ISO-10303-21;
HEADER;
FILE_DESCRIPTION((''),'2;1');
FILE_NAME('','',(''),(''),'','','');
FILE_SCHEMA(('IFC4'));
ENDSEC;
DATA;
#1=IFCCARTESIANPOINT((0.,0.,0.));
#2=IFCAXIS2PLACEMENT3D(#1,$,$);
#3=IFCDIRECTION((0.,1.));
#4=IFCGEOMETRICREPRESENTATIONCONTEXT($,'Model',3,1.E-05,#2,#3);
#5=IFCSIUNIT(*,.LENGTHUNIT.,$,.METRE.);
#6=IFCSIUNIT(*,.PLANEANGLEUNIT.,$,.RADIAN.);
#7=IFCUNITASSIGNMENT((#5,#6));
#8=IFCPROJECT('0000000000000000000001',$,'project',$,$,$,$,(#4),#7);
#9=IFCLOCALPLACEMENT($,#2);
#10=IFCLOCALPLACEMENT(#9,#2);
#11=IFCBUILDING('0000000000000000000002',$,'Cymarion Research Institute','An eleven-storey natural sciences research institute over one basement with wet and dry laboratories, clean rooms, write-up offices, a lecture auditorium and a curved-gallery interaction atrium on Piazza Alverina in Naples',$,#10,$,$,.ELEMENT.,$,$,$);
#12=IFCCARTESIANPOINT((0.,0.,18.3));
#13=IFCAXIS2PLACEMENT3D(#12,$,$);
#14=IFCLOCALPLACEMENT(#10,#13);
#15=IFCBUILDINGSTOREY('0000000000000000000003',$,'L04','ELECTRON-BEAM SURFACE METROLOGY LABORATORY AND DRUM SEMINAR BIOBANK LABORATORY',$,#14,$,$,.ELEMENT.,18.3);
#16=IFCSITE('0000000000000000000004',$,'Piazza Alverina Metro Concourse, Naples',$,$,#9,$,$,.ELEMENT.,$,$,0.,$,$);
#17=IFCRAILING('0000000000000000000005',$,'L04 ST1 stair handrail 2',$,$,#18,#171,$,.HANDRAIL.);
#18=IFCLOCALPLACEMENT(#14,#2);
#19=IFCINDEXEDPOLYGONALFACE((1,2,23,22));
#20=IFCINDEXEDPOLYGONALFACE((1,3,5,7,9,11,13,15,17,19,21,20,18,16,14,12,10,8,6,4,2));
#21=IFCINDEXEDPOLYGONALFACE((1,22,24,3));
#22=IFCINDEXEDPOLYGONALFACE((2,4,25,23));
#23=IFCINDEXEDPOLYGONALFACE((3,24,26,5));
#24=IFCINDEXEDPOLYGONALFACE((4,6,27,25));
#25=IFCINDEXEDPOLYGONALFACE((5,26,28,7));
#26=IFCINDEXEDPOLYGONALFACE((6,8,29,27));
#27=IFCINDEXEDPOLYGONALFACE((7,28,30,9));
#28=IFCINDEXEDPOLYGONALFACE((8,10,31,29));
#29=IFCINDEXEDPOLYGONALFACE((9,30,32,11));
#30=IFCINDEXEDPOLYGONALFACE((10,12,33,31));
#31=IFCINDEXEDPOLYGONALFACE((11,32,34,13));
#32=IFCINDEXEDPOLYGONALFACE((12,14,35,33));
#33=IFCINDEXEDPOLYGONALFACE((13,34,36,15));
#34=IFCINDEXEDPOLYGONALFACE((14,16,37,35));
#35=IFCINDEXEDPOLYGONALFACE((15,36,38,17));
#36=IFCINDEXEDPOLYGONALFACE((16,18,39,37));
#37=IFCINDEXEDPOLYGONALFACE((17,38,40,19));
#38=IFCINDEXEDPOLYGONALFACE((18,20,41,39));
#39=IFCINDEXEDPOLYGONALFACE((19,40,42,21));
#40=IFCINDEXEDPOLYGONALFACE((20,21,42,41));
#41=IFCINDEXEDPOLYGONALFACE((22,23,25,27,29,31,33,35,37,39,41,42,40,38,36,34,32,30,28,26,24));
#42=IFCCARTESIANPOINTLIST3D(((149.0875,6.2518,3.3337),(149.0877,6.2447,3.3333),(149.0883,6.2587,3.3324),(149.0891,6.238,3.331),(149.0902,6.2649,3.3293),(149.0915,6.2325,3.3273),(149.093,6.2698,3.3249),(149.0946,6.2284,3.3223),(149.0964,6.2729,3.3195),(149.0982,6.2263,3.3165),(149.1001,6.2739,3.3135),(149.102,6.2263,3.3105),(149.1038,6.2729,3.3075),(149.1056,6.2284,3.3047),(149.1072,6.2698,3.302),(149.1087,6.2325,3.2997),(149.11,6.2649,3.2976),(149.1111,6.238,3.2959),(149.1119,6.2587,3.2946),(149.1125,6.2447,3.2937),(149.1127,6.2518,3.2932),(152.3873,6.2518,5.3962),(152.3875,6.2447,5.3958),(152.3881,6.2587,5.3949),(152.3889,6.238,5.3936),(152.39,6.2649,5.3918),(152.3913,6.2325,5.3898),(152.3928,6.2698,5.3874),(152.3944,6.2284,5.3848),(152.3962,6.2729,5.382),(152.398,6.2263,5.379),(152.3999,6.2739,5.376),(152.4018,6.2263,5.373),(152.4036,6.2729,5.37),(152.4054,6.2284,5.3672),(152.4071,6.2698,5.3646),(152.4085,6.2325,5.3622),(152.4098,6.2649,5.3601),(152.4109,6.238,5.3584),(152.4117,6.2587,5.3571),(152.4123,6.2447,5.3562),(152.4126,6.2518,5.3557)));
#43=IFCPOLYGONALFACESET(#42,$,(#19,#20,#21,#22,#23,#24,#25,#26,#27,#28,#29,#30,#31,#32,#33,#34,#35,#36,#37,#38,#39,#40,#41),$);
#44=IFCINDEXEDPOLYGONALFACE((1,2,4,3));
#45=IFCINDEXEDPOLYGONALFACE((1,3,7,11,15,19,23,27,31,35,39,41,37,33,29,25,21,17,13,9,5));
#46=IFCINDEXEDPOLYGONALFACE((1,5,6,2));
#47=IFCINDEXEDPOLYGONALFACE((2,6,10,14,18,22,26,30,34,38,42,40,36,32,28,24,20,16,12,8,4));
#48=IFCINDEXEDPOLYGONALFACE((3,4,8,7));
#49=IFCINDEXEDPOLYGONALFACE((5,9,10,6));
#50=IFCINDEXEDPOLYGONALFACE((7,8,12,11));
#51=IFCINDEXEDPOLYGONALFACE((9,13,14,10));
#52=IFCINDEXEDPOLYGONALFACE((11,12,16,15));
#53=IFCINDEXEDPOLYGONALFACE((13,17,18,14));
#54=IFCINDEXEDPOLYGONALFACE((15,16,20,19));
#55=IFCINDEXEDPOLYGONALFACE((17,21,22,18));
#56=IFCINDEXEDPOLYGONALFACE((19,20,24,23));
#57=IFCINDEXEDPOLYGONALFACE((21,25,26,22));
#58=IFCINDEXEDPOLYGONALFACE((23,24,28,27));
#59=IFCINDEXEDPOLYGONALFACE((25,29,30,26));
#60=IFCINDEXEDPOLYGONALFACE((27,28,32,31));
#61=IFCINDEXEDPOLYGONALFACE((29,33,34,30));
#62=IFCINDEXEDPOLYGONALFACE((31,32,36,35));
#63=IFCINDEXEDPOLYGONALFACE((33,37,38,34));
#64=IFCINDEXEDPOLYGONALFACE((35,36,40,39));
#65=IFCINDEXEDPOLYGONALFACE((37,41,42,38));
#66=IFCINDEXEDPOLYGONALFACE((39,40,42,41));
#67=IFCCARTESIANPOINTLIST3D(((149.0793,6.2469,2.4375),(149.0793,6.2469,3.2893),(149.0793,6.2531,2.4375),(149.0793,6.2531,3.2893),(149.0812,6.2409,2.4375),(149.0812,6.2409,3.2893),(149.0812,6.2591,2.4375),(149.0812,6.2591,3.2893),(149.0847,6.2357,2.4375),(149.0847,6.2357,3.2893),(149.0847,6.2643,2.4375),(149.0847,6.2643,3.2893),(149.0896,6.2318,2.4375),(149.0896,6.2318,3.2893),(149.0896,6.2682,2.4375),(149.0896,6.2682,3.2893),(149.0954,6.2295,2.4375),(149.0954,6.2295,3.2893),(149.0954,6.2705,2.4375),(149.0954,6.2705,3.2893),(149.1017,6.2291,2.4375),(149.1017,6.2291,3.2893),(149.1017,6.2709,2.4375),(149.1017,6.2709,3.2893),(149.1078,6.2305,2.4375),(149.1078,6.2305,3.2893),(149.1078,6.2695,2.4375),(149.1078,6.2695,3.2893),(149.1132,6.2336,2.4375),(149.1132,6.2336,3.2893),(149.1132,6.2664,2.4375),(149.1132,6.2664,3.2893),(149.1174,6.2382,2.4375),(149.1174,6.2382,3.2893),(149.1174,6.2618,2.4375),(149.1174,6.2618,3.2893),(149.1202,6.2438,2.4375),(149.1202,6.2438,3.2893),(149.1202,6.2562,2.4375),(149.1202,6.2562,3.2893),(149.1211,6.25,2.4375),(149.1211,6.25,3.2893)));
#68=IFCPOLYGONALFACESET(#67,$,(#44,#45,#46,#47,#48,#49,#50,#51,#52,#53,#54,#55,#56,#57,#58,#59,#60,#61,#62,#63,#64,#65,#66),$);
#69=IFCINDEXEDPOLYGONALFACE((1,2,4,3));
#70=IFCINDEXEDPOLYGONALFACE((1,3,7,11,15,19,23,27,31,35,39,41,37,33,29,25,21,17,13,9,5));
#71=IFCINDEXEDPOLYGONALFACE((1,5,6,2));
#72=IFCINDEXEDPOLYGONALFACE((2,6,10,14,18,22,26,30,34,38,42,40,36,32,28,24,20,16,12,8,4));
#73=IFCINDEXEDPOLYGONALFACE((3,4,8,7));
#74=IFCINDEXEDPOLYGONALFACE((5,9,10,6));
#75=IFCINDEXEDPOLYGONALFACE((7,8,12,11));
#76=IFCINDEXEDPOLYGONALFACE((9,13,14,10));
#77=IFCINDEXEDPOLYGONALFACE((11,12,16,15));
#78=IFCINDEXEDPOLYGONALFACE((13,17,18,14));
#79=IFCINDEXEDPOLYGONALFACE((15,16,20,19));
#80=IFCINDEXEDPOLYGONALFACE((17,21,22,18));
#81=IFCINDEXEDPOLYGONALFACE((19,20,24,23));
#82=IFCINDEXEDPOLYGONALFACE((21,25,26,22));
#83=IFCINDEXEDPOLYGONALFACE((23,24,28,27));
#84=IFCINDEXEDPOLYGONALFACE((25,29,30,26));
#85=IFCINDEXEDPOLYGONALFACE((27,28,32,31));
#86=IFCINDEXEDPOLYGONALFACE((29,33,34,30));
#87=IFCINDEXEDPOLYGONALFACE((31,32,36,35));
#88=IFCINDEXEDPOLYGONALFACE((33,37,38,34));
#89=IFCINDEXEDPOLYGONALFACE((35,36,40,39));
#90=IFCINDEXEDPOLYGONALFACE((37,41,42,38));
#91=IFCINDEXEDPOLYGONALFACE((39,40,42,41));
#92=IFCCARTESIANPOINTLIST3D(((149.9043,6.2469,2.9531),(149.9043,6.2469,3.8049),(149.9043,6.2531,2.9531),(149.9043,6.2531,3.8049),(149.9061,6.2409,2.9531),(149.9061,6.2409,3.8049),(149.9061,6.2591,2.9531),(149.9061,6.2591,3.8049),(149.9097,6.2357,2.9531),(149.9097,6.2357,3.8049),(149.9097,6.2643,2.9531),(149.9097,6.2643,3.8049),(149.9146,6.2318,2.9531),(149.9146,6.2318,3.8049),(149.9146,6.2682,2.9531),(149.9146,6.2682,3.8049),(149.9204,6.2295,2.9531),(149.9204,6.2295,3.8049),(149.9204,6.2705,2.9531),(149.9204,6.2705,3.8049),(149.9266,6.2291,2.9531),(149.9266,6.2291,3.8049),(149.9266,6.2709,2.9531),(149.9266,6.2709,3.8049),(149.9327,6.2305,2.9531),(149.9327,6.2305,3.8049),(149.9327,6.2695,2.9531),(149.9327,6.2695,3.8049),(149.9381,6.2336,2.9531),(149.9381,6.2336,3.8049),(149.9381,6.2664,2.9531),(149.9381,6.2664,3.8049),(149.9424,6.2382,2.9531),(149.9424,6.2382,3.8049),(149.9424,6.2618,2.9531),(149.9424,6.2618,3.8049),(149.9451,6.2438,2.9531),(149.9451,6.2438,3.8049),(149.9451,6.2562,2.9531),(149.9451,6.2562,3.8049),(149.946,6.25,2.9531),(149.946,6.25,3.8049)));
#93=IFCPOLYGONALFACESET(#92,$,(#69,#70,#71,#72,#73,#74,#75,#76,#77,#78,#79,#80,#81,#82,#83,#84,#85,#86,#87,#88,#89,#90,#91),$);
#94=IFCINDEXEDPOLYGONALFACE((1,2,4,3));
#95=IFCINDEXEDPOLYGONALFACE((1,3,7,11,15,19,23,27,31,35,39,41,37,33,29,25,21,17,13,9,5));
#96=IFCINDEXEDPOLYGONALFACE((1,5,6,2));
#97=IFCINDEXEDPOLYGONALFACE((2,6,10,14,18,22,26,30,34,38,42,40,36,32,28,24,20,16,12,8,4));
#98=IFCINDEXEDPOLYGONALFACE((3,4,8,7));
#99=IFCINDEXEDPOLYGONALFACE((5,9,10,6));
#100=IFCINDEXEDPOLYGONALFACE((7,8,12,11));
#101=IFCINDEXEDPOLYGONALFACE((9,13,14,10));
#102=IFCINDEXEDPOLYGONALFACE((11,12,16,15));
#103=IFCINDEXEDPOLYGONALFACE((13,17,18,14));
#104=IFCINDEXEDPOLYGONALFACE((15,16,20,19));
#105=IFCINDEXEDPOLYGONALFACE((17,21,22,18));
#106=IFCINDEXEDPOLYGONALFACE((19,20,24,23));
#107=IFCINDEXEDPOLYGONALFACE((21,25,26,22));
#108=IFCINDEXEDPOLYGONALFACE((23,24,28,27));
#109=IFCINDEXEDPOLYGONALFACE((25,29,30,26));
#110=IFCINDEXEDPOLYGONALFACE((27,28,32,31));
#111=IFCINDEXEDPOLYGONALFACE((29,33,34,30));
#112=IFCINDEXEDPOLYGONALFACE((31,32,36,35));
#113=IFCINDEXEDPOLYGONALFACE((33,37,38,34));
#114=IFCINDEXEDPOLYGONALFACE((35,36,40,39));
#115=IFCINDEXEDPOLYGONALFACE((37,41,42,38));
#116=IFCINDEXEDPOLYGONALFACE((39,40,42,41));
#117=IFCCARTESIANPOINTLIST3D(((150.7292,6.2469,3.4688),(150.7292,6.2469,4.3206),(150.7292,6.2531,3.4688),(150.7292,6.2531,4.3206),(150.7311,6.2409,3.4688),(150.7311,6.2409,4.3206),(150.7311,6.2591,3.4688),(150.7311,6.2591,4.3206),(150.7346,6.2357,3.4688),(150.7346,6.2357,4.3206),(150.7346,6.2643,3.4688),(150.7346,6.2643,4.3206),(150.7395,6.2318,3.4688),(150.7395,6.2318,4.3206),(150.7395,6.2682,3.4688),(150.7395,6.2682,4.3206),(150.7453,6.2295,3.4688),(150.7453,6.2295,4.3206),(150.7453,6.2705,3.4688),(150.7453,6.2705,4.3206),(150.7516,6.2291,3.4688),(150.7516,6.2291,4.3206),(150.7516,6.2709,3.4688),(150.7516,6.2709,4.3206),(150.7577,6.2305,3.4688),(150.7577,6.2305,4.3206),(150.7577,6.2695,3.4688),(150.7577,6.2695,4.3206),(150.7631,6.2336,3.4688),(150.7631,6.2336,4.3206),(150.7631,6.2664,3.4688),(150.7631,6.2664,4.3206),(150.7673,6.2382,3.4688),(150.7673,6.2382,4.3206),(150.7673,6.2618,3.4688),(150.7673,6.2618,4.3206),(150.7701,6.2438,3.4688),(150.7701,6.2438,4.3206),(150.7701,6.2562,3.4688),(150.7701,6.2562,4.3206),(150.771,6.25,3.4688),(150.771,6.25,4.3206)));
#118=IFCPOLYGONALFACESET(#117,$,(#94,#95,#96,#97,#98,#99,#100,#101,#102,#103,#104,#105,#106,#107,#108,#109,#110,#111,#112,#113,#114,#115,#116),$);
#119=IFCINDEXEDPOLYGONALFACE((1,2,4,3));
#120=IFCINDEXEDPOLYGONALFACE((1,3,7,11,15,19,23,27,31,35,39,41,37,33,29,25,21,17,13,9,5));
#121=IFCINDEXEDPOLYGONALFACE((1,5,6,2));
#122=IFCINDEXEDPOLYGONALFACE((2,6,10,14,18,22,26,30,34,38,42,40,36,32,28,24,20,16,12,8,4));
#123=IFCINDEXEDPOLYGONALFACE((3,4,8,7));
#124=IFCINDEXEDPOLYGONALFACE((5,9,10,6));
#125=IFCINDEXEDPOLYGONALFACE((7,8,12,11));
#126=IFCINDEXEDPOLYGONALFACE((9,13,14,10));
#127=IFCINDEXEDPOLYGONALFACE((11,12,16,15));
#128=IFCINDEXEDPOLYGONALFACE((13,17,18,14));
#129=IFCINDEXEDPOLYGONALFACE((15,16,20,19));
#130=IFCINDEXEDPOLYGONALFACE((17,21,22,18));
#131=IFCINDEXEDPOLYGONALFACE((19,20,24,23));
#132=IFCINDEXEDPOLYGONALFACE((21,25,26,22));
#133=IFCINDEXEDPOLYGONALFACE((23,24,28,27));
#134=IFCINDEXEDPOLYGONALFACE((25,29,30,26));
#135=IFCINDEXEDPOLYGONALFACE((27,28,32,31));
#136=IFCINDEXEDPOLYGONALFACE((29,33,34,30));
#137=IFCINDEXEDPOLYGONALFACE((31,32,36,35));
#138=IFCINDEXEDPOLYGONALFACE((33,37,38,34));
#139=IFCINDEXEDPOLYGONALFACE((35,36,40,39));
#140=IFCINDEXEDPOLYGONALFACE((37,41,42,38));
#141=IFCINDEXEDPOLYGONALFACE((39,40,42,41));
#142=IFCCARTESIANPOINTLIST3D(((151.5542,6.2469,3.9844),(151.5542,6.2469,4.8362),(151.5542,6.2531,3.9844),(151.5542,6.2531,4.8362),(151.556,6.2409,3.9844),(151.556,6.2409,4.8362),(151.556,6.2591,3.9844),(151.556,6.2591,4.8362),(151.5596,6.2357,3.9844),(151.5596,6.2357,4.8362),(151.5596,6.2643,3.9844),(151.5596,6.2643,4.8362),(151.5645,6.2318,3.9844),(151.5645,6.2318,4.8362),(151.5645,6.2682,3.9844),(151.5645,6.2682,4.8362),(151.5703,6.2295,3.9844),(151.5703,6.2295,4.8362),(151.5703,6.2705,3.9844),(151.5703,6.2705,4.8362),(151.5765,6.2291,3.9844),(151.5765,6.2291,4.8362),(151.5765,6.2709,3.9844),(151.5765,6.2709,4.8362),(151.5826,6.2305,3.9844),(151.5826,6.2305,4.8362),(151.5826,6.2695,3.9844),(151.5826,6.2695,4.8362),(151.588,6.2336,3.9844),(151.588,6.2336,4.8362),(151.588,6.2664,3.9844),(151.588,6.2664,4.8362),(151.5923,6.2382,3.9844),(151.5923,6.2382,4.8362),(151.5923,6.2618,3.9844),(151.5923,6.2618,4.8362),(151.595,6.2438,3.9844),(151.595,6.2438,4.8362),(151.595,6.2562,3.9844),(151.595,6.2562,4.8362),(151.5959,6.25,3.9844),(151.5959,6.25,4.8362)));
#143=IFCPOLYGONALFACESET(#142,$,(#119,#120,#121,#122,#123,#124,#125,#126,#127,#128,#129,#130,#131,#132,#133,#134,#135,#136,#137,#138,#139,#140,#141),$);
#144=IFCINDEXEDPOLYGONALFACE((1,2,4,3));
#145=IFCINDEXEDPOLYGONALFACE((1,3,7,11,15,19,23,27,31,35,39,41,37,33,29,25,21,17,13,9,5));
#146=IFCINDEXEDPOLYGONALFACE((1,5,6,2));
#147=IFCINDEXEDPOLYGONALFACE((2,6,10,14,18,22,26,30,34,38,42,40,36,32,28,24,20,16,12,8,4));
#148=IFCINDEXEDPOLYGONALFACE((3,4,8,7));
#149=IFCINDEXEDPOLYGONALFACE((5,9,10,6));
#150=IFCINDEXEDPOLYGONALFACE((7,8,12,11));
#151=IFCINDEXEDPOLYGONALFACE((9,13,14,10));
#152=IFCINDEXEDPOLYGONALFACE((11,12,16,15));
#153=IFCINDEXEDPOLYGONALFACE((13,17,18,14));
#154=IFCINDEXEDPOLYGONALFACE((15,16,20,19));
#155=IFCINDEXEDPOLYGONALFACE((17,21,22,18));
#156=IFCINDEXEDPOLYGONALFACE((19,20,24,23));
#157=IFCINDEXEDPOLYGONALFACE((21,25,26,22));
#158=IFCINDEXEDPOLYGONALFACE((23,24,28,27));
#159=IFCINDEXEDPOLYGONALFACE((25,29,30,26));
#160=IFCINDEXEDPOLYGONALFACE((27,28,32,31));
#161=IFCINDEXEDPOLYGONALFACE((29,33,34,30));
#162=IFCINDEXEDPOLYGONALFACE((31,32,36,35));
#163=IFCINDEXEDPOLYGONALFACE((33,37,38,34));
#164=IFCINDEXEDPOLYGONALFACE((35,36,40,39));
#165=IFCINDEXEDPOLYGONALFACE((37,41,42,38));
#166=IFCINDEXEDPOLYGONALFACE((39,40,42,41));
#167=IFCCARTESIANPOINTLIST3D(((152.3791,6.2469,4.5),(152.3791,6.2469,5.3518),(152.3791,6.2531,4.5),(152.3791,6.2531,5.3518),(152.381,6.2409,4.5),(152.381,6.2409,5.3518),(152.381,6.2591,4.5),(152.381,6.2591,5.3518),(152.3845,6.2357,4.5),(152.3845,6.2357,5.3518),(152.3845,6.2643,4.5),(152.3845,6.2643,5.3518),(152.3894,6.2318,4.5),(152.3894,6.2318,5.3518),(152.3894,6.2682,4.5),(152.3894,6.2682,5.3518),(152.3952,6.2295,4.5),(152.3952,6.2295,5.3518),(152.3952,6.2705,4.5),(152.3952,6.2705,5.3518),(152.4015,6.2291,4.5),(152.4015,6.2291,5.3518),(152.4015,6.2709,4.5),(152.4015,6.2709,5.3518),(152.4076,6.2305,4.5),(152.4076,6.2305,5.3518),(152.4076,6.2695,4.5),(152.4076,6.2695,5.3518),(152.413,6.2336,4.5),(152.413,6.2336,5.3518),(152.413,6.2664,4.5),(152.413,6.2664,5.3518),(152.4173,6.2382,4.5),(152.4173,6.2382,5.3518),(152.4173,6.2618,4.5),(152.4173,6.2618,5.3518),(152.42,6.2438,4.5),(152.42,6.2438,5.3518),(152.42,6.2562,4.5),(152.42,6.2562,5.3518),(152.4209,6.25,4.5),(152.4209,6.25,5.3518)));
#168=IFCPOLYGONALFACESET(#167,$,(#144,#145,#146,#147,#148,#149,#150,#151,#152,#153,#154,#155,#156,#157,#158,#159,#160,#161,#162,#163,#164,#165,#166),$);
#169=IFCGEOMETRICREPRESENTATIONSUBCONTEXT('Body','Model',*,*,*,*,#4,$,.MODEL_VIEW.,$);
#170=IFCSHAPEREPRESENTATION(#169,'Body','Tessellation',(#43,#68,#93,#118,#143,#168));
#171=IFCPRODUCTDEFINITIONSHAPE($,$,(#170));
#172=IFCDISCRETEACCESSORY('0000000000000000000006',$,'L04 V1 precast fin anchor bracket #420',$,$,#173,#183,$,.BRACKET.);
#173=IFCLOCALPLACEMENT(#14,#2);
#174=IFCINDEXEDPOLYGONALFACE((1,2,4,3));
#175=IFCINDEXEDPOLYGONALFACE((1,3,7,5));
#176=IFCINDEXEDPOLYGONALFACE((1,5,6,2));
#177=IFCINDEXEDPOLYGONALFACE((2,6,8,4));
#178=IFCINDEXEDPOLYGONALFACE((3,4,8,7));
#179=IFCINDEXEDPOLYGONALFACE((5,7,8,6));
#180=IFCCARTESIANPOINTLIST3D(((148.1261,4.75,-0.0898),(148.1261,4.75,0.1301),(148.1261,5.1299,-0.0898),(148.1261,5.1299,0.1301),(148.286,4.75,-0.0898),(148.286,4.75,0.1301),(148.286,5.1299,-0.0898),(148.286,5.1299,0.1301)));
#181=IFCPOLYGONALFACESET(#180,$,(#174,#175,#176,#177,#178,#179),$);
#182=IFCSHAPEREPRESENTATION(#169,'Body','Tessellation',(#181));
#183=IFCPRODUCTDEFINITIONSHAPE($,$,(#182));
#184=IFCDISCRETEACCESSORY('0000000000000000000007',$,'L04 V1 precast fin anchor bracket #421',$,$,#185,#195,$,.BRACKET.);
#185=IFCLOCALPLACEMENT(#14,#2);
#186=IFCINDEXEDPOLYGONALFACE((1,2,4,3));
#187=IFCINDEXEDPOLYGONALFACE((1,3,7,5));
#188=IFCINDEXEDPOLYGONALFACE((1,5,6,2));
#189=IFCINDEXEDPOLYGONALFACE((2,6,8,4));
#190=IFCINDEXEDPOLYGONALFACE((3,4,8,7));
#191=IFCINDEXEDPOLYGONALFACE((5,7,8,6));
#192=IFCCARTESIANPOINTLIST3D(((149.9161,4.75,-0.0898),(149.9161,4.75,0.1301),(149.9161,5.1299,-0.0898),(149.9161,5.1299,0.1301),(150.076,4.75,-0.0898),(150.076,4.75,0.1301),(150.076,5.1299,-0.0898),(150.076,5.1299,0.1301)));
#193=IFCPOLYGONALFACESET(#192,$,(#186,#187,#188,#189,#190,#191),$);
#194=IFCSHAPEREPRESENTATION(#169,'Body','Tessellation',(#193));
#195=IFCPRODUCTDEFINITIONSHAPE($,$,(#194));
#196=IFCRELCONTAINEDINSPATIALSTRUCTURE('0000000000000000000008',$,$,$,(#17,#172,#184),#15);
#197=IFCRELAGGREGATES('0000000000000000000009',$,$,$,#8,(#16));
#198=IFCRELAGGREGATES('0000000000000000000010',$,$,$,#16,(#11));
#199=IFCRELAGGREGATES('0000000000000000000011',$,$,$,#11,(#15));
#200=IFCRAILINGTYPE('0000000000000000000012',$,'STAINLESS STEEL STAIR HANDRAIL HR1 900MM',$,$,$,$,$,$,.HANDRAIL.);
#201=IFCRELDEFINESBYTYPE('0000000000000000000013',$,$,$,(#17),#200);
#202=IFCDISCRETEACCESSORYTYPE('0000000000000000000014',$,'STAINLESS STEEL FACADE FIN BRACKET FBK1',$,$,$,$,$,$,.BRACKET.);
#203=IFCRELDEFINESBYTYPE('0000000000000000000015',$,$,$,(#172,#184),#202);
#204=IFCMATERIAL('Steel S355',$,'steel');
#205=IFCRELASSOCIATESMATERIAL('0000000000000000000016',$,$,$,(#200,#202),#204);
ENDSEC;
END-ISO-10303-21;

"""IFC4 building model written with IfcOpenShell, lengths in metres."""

from ifc_helpers import new_model, si_unit, direction, frame, origin, origin_2d, place, context, subcontext, project, spatial, rectangle, circle, extrude, material, type_object, element, save


model = new_model("IFC4")

# Units and contexts
model_context = context("Model", 3, precision=1e-05, world=origin(), true_north=direction((0.0, 1.0)))
body_context = subcontext(model_context, "Body", "Model", "MODEL_VIEW")
ifc_project = project(units=[si_unit("LENGTHUNIT", "METRE"), si_unit("PLANEANGLEUNIT", "RADIAN")], contexts=[model_context])

# Site, building, storey
site_placement = place(None, origin())
site = spatial("IfcSite", under=ifc_project, at=site_placement, Name="Piazza Alverina Metro Concourse, Naples", CompositionType="ELEMENT", RefElevation=0.0)
building_placement = place(site_placement, origin())
building = spatial("IfcBuilding", under=site, at=building_placement, Name="Cymarion Research Institute", Description="An eleven-storey natural sciences research institute over one basement with wet and dry laboratories, clean rooms, write-up offices, a lecture auditorium and a curved-gallery interaction atrium on Piazza Alverina in Naples", CompositionType="ELEMENT")
storey_placement = place(building_placement, frame((0.0, 0.0, 18.3)))
storey = spatial("IfcBuildingStorey", under=building, at=storey_placement, Name="L04", Description="ELECTRON-BEAM SURFACE METROLOGY LABORATORY AND DRUM SEMINAR BIOBANK LABORATORY", CompositionType="ELEMENT", Elevation=18.3)

# Shared definitions
ifc_material_1 = material(Name="Steel S355", Category="steel")

# Railing
railing_type_1 = type_object("IfcRailingType", Name="STAINLESS STEEL STAIR HANDRAIL HR1 900MM", PredefinedType="HANDRAIL", material=ifc_material_1)
railing_1_placement = place(storey_placement, frame((149.1001, 6.25, 2.4375)))
element("IfcRailing", 1, at=railing_1_placement, inside=storey, type_object=railing_type_1, Name="L04 ST1 stair handrail 2", PredefinedType="HANDRAIL", context=body_context, shape_type="SweptSolid", body=[
    extrude(circle(Radius=0.0239, at=origin_2d()), frame((0.0, 0.0, 0.876), z_axis=(0.847984, 0.0, 0.530021), x_axis=(0.0, 1.0, 0.0)), (0.0, 0.0, 1.0), 3.8914),
    extrude(circle(Radius=0.021, at=origin_2d()), origin(), (0.0, 0.0, 1.0), 0.8518),
    extrude(circle(Radius=0.021, at=origin_2d()), frame((0.825, 0.0, 0.5156)), (0.0, 0.0, 1.0), 0.8518),
    extrude(circle(Radius=0.021, at=origin_2d()), frame((1.6499, 0.0, 1.0312)), (0.0, 0.0, 1.0), 0.8518),
    extrude(circle(Radius=0.021, at=origin_2d()), frame((2.4749, 0.0, 1.5469)), (0.0, 0.0, 1.0), 0.8518),
    extrude(circle(Radius=0.021, at=origin_2d()), frame((3.2998, 0.0, 2.0625)), (0.0, 0.0, 1.0), 0.8518),
])

# Discrete accessories
discrete_accessory_type = type_object("IfcDiscreteAccessoryType", Name="STAINLESS STEEL FACADE FIN BRACKET FBK1", PredefinedType="BRACKET", material=ifc_material_1)
for number, where, z_axis, x_axis, name in (
    (2, (148.2061, 4.9399, -0.0898), (0.0, 0.0, 1.0), (0.0, -1.0, 0.0), "L04 V1 precast fin anchor bracket #420"),
    (3, (149.9961, 4.9399, -0.0898), (0.0, 0.0, 1.0), (0.0, -1.0, 0.0), "L04 V1 precast fin anchor bracket #421"),
):
    element("IfcDiscreteAccessory", number, at=place(storey_placement, frame(where, z_axis=z_axis, x_axis=x_axis)), inside=storey, type_object=discrete_accessory_type, Name=name, PredefinedType="BRACKET", context=body_context, shape_type="SweptSolid", body=[
        extrude(rectangle(XDim=0.3799, YDim=0.1599, at=origin_2d()), origin(), (0.0, 0.0, 1.0), 0.22),
    ])

save(model, "model.ifc")
